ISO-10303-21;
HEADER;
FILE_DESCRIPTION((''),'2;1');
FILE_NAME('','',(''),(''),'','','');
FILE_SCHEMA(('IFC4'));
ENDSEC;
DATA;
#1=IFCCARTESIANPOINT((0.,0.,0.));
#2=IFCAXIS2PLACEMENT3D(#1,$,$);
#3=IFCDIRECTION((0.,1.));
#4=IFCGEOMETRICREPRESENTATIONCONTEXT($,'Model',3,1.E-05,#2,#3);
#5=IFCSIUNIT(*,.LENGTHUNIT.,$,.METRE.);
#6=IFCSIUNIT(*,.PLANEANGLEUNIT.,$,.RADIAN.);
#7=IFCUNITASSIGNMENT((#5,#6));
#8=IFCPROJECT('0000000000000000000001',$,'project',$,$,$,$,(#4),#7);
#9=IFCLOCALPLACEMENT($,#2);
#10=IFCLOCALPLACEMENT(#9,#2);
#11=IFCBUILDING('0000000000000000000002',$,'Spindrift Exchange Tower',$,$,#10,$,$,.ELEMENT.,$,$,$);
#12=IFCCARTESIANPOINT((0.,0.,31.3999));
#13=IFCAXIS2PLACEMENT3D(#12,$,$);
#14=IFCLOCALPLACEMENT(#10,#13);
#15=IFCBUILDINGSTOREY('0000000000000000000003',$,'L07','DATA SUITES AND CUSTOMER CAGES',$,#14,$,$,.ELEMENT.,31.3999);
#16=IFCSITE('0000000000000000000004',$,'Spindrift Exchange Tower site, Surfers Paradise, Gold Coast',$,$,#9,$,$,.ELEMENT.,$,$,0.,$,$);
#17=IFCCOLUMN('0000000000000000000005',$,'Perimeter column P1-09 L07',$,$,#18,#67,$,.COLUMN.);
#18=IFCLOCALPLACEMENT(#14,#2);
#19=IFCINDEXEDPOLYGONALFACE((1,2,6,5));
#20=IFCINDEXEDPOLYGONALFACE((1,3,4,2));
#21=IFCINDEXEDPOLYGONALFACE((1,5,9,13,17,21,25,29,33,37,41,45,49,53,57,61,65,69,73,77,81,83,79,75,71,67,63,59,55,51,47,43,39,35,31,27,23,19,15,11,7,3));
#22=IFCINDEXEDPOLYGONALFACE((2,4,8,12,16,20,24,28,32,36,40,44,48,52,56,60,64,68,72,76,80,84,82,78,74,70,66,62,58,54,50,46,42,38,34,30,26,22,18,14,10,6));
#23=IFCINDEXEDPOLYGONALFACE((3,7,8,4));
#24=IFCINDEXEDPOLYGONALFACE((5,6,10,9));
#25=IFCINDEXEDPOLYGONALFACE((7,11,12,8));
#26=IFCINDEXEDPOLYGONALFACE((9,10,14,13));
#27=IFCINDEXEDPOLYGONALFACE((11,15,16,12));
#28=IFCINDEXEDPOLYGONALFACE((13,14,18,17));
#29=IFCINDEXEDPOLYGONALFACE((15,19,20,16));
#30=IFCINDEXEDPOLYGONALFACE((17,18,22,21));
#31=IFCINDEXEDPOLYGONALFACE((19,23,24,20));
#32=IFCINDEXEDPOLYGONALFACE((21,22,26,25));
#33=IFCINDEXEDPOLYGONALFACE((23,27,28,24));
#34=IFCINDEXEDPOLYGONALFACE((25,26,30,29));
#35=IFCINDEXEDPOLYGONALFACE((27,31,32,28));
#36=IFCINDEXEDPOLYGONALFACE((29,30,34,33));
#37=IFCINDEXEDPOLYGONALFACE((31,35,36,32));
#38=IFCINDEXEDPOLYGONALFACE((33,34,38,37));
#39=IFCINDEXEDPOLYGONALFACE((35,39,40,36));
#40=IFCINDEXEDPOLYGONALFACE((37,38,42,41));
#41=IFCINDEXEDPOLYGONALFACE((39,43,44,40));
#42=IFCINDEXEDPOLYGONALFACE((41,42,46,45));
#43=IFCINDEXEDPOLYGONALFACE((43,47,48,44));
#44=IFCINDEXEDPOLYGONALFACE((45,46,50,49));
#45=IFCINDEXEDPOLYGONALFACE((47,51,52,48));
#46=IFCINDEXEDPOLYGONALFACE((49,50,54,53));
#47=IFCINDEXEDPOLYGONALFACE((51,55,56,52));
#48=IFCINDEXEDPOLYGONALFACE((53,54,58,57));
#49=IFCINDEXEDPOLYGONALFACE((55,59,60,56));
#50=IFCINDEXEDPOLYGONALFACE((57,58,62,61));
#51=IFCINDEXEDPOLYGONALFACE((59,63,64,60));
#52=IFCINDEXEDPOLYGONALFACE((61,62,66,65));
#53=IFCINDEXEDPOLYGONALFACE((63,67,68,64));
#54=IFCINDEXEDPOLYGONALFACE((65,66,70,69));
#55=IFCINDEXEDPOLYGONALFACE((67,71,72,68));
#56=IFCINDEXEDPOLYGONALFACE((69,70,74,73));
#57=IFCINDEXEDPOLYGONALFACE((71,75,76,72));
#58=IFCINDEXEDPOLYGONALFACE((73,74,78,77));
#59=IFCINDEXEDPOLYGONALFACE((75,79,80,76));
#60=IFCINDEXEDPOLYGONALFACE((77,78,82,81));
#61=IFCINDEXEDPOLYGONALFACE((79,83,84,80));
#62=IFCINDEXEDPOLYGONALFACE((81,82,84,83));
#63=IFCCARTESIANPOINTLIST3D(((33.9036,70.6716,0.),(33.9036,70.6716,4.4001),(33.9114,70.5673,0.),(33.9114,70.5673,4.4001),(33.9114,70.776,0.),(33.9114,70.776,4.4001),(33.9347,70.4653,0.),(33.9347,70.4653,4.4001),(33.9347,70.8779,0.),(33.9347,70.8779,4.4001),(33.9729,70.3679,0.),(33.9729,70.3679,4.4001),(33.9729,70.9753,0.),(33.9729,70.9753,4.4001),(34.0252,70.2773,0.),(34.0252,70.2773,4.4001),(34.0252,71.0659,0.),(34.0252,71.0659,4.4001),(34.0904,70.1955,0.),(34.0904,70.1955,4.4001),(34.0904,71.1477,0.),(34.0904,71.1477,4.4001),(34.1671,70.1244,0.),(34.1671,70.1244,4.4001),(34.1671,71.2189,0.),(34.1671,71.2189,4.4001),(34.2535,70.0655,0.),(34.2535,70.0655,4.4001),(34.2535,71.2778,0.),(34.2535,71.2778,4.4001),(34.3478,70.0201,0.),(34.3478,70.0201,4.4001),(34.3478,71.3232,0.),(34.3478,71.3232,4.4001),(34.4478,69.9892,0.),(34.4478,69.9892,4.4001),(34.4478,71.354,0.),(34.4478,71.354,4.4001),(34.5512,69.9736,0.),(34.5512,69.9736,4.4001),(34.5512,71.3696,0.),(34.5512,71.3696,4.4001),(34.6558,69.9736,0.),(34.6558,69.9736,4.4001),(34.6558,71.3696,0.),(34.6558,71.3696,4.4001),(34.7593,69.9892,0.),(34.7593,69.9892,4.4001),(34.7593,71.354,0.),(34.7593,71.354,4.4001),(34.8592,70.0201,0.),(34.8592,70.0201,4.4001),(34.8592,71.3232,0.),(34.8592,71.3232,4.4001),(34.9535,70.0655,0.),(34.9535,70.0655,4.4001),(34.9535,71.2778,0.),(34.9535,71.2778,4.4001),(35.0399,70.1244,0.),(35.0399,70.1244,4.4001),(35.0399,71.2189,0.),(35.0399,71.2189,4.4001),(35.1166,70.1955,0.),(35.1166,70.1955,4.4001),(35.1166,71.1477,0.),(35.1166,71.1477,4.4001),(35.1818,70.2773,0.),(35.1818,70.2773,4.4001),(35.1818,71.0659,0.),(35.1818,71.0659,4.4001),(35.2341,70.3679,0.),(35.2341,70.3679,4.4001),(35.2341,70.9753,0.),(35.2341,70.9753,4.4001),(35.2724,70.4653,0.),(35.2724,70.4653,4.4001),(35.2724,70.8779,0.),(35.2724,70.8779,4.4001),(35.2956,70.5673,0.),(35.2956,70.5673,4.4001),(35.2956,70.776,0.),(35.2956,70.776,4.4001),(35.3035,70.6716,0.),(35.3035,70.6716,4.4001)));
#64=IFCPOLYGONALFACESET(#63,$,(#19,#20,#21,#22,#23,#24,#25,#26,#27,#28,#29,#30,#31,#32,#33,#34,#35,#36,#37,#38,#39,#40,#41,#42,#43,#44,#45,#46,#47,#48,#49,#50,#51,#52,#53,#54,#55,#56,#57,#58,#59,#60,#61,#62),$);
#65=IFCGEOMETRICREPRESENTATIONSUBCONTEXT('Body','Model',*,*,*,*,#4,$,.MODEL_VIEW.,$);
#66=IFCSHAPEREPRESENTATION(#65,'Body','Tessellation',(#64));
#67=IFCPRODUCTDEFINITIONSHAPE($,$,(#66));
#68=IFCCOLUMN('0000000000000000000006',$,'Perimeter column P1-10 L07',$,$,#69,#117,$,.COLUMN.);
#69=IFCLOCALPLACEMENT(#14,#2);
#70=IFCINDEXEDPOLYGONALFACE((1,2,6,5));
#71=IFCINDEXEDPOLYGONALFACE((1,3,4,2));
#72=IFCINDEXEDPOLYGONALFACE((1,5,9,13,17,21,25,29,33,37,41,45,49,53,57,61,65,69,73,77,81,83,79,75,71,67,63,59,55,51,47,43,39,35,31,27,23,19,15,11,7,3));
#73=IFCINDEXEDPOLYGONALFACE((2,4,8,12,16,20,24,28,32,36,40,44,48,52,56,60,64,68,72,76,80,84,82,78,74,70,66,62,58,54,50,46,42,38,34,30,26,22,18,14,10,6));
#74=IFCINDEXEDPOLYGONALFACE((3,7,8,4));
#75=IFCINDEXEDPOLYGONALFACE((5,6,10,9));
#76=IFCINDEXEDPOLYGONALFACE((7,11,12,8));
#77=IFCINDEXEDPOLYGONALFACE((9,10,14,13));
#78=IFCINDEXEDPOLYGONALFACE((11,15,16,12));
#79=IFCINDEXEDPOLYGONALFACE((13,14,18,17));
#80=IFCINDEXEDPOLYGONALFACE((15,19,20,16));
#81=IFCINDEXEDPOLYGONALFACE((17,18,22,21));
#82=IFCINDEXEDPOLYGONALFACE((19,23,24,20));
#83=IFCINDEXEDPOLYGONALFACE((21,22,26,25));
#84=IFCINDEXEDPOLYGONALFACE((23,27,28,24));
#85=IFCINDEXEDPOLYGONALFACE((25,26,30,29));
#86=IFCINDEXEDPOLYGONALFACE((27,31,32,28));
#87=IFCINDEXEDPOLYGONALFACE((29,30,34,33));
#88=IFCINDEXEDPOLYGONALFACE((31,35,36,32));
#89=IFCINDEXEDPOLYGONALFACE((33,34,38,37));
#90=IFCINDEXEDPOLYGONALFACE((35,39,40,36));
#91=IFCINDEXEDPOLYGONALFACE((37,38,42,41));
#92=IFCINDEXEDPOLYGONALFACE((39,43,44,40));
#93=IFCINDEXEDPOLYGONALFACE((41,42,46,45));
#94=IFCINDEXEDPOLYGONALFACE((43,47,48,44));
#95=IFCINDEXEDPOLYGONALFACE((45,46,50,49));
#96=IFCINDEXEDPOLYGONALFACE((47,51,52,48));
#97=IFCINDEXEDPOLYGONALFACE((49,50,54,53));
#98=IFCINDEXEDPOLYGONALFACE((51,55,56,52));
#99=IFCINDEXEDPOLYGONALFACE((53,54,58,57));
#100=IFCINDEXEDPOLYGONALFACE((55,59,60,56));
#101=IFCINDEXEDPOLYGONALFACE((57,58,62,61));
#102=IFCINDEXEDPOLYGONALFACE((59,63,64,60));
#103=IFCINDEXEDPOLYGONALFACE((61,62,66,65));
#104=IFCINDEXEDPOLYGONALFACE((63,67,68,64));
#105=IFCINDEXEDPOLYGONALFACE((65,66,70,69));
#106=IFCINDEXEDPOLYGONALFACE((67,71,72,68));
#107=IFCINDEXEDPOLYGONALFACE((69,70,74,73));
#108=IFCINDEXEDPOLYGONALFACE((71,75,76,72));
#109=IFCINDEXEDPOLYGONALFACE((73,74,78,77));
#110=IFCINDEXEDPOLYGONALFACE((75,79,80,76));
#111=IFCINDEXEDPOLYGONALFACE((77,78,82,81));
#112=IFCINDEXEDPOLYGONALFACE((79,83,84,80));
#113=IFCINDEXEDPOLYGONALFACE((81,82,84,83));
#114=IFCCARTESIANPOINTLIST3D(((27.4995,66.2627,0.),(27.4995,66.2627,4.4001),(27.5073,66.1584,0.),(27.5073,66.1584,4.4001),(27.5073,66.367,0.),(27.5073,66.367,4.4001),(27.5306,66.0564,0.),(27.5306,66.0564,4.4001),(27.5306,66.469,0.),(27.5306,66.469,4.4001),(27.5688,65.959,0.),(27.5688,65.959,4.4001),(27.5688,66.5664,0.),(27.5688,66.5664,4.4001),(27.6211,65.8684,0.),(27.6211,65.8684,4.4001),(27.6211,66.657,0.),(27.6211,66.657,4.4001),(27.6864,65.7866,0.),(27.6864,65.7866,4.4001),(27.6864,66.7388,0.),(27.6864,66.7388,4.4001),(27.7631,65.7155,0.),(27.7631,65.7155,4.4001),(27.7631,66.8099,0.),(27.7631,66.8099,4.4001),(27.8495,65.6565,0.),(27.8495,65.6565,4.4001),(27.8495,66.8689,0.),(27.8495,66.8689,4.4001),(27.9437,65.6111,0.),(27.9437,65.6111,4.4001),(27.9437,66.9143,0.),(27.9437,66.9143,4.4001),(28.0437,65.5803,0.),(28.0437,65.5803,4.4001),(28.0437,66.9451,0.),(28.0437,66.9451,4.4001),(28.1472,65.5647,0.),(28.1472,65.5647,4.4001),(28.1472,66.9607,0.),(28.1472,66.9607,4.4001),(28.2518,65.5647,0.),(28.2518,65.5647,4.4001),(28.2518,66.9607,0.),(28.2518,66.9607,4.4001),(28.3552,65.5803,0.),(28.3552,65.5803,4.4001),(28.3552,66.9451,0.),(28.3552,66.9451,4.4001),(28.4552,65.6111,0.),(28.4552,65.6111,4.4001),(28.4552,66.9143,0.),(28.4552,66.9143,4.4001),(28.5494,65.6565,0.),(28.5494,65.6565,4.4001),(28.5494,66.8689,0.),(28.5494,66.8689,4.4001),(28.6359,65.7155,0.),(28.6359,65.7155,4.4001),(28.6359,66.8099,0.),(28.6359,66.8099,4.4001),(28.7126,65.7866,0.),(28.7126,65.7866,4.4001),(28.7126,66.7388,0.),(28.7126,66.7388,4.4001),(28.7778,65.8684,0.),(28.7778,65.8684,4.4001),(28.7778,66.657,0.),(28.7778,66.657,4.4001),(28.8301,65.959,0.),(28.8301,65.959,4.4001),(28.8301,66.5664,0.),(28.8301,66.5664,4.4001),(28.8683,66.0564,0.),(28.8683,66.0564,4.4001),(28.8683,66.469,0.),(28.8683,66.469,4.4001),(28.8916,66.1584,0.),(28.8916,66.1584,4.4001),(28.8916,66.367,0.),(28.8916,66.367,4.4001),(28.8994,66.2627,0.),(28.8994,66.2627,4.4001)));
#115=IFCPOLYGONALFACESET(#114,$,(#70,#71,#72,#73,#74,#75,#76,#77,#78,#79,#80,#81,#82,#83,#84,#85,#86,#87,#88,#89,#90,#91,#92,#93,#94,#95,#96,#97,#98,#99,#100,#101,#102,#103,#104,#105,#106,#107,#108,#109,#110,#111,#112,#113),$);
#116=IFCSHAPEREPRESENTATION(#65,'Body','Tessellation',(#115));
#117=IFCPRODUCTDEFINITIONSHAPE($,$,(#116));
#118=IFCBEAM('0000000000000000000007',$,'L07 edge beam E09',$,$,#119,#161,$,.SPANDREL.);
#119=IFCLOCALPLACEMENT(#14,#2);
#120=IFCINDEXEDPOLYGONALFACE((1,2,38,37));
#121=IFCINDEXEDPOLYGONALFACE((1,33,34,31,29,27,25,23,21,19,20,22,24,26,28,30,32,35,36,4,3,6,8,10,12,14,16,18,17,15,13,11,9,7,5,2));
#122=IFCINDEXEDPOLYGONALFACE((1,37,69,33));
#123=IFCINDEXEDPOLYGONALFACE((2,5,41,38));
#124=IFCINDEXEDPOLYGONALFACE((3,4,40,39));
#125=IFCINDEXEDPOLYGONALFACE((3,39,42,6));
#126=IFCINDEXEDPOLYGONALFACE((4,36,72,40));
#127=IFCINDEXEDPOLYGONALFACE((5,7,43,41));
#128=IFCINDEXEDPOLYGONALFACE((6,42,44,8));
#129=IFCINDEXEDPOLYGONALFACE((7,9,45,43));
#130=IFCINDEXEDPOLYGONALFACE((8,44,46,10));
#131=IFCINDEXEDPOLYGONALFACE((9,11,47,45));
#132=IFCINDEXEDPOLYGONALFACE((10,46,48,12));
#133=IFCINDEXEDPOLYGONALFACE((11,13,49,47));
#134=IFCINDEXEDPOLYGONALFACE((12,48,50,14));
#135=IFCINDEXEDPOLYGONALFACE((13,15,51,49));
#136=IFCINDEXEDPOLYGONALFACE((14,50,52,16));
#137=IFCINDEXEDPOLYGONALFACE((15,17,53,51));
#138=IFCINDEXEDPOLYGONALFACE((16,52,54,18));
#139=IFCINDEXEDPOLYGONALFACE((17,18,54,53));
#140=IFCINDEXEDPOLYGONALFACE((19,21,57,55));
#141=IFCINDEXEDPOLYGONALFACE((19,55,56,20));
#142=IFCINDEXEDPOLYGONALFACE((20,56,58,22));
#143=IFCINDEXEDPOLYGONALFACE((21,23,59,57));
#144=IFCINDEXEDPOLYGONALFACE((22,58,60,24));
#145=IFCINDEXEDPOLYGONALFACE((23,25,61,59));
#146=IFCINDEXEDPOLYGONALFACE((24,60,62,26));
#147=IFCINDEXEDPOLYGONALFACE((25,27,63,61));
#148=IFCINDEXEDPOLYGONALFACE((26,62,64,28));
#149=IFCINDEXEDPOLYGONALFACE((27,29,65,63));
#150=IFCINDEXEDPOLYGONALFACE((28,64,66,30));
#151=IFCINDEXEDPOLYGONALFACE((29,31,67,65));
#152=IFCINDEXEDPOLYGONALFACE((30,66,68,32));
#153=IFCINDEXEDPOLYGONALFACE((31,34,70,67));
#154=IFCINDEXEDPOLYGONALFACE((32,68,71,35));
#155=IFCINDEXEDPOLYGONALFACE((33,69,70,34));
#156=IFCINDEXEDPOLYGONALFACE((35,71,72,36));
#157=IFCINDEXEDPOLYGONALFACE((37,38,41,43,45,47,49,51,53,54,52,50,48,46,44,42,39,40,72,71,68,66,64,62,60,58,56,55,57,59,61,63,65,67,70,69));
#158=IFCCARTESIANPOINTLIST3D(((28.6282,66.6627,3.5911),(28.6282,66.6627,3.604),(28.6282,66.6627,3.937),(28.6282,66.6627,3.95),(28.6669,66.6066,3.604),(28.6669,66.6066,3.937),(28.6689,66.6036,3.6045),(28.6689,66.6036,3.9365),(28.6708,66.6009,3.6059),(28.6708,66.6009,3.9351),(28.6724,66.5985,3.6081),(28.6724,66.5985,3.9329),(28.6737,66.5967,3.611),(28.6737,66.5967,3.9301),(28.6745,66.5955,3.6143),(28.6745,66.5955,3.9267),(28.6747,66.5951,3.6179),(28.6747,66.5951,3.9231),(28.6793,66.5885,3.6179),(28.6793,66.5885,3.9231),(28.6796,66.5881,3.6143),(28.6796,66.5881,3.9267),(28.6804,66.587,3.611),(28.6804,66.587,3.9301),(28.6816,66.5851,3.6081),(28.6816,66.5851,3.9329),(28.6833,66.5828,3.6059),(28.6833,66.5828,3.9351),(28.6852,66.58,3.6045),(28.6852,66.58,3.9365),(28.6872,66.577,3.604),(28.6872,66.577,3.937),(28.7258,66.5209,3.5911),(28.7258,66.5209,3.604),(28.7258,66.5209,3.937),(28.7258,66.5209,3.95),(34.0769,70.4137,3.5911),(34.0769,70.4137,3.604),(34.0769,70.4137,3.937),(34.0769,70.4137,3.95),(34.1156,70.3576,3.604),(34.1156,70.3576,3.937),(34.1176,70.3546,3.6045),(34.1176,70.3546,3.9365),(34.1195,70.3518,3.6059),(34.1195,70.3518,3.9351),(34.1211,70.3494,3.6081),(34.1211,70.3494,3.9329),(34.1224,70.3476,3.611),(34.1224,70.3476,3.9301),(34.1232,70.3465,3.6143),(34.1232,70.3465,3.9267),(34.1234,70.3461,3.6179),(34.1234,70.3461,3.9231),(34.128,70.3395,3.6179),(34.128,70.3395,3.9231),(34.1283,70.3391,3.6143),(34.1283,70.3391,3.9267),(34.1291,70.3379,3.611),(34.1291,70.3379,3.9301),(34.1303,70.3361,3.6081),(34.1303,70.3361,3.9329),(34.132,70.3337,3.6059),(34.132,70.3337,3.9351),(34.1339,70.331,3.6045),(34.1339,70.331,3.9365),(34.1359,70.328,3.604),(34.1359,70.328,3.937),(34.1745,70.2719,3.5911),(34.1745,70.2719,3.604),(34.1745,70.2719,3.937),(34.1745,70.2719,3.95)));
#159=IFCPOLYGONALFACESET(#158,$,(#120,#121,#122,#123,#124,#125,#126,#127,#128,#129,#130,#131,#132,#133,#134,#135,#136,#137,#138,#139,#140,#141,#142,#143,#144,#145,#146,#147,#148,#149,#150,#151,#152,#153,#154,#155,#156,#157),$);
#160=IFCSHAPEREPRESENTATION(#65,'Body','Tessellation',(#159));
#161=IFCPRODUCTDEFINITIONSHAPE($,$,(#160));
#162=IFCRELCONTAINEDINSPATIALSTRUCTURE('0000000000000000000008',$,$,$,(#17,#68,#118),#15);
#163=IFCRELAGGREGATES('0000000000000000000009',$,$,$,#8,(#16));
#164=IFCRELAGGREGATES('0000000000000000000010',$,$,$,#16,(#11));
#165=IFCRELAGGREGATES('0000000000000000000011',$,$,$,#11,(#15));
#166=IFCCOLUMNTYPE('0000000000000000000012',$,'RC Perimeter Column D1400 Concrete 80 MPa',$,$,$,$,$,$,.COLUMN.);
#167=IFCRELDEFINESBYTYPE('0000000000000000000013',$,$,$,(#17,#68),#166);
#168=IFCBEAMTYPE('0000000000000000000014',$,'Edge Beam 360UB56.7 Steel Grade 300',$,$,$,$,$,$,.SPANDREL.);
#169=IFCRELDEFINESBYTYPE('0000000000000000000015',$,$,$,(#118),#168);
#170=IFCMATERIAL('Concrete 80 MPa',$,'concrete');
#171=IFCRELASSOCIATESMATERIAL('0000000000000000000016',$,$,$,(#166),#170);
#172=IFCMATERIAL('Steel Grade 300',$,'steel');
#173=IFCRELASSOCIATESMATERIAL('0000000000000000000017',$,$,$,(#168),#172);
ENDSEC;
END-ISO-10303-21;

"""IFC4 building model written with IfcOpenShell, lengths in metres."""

from ifc_helpers import new_model, si_unit, direction, frame, origin, origin_2d, place, context, subcontext, project, spatial, circle, i_section, extrude, source, transform, mapped, material, material_profile, profile_set, type_object, element, save


model = new_model("IFC4")

# Units and contexts
model_context = context("Model", 3, precision=1e-05, world=origin(), true_north=direction((0.0, 1.0)))
body_context = subcontext(model_context, "Body", "Model", "MODEL_VIEW")
ifc_project = project(units=[si_unit("LENGTHUNIT", "METRE"), si_unit("PLANEANGLEUNIT", "RADIAN")], contexts=[model_context])

# Site, building, storey
site_placement = place(None, origin())
site = spatial("IfcSite", under=ifc_project, at=site_placement, Name="Spindrift Exchange Tower site, Surfers Paradise, Gold Coast", CompositionType="ELEMENT", RefElevation=0.0)
building_placement = place(site_placement, origin())
building = spatial("IfcBuilding", under=site, at=building_placement, Name="Spindrift Exchange Tower", CompositionType="ELEMENT")
storey_placement = place(building_placement, frame((0.0, 0.0, 31.3999)))
storey = spatial("IfcBuildingStorey", under=building, at=storey_placement, Name="L07", Description="DATA SUITES AND CUSTOMER CAGES", CompositionType="ELEMENT", Elevation=31.3999)

# Columns
ifc_material_1 = material(Name="Concrete 80 MPa", Category="concrete")
ifc_material_profile_1 = material_profile(ifc_material_1, circle(Radius=0.7, at=origin_2d()), Name="RC D1400")
ifc_profile_set_1 = profile_set([ifc_material_profile_1], Name="Concrete 80 MPa")
column_type = type_object("IfcColumnType", Name="RC Perimeter Column D1400 Concrete 80 MPa", PredefinedType="COLUMN", material=ifc_profile_set_1)
shared_shape_1 = source(origin(), body_context, "Body", "SweptSolid", [
    extrude(circle(Radius=0.7, at=origin_2d()), origin(), (0.0, 0.0, 1.0), 4.4001),
])
for number, where, z_axis, x_axis, name in (
    (1, (34.6035, 70.6716, 0.0), (0.0, 0.0, 1.0), (1.0, 0.0, 0.0), "Perimeter column P1-09 L07"),
    (2, (28.1995, 66.2627, 0.0), (0.0, 0.0, 1.0), (1.0, 0.0, 0.0), "Perimeter column P1-10 L07"),
):
    element("IfcColumn", number, at=place(storey_placement, frame(where, z_axis=z_axis, x_axis=x_axis)), inside=storey, type_object=column_type, Name=name, PredefinedType="COLUMN", context=body_context, shape_type="MappedRepresentation", body=[
        mapped(shared_shape_1, transform((0.0, 0.0, 0.0), scale=1.0)),
    ])

# Beam
ifc_material_2 = material(Name="Steel Grade 300", Category="steel")
ifc_material_profile_2 = material_profile(ifc_material_2, i_section(OverallWidth=0.1721, OverallDepth=0.3589, WebThickness=0.0081, FlangeThickness=0.0129, FilletRadius=0.0139, at=origin_2d()), Name="360UB56.7")
ifc_profile_set_2 = profile_set([ifc_material_profile_2], Name="Steel Grade 300")
beam_type_1 = type_object("IfcBeamType", Name="Edge Beam 360UB56.7 Steel Grade 300", PredefinedType="SPANDREL", material=ifc_profile_set_2)
shared_shape_2 = source(origin(), body_context, "Body", "SweptSolid", [
    extrude(i_section(OverallWidth=0.1721, OverallDepth=0.3589, WebThickness=0.0081, FlangeThickness=0.0129, FilletRadius=0.0139, at=origin_2d()), origin(), (0.0, 0.0, 1.0), 6.615),
])
beam_1_placement = place(storey_placement, frame((34.1257, 70.3428, 3.7705), z_axis=(-0.823691, -0.567039, 0.0), x_axis=(0.567039, -0.823691, 0.0)))
element("IfcBeam", 3, at=beam_1_placement, inside=storey, type_object=beam_type_1, Name="L07 edge beam E09", PredefinedType="SPANDREL", context=body_context, shape_type="MappedRepresentation", body=[
    mapped(shared_shape_2, transform((0.0, 0.0, 0.0), scale=1.0)),
])

save(model, "model.ifc")
